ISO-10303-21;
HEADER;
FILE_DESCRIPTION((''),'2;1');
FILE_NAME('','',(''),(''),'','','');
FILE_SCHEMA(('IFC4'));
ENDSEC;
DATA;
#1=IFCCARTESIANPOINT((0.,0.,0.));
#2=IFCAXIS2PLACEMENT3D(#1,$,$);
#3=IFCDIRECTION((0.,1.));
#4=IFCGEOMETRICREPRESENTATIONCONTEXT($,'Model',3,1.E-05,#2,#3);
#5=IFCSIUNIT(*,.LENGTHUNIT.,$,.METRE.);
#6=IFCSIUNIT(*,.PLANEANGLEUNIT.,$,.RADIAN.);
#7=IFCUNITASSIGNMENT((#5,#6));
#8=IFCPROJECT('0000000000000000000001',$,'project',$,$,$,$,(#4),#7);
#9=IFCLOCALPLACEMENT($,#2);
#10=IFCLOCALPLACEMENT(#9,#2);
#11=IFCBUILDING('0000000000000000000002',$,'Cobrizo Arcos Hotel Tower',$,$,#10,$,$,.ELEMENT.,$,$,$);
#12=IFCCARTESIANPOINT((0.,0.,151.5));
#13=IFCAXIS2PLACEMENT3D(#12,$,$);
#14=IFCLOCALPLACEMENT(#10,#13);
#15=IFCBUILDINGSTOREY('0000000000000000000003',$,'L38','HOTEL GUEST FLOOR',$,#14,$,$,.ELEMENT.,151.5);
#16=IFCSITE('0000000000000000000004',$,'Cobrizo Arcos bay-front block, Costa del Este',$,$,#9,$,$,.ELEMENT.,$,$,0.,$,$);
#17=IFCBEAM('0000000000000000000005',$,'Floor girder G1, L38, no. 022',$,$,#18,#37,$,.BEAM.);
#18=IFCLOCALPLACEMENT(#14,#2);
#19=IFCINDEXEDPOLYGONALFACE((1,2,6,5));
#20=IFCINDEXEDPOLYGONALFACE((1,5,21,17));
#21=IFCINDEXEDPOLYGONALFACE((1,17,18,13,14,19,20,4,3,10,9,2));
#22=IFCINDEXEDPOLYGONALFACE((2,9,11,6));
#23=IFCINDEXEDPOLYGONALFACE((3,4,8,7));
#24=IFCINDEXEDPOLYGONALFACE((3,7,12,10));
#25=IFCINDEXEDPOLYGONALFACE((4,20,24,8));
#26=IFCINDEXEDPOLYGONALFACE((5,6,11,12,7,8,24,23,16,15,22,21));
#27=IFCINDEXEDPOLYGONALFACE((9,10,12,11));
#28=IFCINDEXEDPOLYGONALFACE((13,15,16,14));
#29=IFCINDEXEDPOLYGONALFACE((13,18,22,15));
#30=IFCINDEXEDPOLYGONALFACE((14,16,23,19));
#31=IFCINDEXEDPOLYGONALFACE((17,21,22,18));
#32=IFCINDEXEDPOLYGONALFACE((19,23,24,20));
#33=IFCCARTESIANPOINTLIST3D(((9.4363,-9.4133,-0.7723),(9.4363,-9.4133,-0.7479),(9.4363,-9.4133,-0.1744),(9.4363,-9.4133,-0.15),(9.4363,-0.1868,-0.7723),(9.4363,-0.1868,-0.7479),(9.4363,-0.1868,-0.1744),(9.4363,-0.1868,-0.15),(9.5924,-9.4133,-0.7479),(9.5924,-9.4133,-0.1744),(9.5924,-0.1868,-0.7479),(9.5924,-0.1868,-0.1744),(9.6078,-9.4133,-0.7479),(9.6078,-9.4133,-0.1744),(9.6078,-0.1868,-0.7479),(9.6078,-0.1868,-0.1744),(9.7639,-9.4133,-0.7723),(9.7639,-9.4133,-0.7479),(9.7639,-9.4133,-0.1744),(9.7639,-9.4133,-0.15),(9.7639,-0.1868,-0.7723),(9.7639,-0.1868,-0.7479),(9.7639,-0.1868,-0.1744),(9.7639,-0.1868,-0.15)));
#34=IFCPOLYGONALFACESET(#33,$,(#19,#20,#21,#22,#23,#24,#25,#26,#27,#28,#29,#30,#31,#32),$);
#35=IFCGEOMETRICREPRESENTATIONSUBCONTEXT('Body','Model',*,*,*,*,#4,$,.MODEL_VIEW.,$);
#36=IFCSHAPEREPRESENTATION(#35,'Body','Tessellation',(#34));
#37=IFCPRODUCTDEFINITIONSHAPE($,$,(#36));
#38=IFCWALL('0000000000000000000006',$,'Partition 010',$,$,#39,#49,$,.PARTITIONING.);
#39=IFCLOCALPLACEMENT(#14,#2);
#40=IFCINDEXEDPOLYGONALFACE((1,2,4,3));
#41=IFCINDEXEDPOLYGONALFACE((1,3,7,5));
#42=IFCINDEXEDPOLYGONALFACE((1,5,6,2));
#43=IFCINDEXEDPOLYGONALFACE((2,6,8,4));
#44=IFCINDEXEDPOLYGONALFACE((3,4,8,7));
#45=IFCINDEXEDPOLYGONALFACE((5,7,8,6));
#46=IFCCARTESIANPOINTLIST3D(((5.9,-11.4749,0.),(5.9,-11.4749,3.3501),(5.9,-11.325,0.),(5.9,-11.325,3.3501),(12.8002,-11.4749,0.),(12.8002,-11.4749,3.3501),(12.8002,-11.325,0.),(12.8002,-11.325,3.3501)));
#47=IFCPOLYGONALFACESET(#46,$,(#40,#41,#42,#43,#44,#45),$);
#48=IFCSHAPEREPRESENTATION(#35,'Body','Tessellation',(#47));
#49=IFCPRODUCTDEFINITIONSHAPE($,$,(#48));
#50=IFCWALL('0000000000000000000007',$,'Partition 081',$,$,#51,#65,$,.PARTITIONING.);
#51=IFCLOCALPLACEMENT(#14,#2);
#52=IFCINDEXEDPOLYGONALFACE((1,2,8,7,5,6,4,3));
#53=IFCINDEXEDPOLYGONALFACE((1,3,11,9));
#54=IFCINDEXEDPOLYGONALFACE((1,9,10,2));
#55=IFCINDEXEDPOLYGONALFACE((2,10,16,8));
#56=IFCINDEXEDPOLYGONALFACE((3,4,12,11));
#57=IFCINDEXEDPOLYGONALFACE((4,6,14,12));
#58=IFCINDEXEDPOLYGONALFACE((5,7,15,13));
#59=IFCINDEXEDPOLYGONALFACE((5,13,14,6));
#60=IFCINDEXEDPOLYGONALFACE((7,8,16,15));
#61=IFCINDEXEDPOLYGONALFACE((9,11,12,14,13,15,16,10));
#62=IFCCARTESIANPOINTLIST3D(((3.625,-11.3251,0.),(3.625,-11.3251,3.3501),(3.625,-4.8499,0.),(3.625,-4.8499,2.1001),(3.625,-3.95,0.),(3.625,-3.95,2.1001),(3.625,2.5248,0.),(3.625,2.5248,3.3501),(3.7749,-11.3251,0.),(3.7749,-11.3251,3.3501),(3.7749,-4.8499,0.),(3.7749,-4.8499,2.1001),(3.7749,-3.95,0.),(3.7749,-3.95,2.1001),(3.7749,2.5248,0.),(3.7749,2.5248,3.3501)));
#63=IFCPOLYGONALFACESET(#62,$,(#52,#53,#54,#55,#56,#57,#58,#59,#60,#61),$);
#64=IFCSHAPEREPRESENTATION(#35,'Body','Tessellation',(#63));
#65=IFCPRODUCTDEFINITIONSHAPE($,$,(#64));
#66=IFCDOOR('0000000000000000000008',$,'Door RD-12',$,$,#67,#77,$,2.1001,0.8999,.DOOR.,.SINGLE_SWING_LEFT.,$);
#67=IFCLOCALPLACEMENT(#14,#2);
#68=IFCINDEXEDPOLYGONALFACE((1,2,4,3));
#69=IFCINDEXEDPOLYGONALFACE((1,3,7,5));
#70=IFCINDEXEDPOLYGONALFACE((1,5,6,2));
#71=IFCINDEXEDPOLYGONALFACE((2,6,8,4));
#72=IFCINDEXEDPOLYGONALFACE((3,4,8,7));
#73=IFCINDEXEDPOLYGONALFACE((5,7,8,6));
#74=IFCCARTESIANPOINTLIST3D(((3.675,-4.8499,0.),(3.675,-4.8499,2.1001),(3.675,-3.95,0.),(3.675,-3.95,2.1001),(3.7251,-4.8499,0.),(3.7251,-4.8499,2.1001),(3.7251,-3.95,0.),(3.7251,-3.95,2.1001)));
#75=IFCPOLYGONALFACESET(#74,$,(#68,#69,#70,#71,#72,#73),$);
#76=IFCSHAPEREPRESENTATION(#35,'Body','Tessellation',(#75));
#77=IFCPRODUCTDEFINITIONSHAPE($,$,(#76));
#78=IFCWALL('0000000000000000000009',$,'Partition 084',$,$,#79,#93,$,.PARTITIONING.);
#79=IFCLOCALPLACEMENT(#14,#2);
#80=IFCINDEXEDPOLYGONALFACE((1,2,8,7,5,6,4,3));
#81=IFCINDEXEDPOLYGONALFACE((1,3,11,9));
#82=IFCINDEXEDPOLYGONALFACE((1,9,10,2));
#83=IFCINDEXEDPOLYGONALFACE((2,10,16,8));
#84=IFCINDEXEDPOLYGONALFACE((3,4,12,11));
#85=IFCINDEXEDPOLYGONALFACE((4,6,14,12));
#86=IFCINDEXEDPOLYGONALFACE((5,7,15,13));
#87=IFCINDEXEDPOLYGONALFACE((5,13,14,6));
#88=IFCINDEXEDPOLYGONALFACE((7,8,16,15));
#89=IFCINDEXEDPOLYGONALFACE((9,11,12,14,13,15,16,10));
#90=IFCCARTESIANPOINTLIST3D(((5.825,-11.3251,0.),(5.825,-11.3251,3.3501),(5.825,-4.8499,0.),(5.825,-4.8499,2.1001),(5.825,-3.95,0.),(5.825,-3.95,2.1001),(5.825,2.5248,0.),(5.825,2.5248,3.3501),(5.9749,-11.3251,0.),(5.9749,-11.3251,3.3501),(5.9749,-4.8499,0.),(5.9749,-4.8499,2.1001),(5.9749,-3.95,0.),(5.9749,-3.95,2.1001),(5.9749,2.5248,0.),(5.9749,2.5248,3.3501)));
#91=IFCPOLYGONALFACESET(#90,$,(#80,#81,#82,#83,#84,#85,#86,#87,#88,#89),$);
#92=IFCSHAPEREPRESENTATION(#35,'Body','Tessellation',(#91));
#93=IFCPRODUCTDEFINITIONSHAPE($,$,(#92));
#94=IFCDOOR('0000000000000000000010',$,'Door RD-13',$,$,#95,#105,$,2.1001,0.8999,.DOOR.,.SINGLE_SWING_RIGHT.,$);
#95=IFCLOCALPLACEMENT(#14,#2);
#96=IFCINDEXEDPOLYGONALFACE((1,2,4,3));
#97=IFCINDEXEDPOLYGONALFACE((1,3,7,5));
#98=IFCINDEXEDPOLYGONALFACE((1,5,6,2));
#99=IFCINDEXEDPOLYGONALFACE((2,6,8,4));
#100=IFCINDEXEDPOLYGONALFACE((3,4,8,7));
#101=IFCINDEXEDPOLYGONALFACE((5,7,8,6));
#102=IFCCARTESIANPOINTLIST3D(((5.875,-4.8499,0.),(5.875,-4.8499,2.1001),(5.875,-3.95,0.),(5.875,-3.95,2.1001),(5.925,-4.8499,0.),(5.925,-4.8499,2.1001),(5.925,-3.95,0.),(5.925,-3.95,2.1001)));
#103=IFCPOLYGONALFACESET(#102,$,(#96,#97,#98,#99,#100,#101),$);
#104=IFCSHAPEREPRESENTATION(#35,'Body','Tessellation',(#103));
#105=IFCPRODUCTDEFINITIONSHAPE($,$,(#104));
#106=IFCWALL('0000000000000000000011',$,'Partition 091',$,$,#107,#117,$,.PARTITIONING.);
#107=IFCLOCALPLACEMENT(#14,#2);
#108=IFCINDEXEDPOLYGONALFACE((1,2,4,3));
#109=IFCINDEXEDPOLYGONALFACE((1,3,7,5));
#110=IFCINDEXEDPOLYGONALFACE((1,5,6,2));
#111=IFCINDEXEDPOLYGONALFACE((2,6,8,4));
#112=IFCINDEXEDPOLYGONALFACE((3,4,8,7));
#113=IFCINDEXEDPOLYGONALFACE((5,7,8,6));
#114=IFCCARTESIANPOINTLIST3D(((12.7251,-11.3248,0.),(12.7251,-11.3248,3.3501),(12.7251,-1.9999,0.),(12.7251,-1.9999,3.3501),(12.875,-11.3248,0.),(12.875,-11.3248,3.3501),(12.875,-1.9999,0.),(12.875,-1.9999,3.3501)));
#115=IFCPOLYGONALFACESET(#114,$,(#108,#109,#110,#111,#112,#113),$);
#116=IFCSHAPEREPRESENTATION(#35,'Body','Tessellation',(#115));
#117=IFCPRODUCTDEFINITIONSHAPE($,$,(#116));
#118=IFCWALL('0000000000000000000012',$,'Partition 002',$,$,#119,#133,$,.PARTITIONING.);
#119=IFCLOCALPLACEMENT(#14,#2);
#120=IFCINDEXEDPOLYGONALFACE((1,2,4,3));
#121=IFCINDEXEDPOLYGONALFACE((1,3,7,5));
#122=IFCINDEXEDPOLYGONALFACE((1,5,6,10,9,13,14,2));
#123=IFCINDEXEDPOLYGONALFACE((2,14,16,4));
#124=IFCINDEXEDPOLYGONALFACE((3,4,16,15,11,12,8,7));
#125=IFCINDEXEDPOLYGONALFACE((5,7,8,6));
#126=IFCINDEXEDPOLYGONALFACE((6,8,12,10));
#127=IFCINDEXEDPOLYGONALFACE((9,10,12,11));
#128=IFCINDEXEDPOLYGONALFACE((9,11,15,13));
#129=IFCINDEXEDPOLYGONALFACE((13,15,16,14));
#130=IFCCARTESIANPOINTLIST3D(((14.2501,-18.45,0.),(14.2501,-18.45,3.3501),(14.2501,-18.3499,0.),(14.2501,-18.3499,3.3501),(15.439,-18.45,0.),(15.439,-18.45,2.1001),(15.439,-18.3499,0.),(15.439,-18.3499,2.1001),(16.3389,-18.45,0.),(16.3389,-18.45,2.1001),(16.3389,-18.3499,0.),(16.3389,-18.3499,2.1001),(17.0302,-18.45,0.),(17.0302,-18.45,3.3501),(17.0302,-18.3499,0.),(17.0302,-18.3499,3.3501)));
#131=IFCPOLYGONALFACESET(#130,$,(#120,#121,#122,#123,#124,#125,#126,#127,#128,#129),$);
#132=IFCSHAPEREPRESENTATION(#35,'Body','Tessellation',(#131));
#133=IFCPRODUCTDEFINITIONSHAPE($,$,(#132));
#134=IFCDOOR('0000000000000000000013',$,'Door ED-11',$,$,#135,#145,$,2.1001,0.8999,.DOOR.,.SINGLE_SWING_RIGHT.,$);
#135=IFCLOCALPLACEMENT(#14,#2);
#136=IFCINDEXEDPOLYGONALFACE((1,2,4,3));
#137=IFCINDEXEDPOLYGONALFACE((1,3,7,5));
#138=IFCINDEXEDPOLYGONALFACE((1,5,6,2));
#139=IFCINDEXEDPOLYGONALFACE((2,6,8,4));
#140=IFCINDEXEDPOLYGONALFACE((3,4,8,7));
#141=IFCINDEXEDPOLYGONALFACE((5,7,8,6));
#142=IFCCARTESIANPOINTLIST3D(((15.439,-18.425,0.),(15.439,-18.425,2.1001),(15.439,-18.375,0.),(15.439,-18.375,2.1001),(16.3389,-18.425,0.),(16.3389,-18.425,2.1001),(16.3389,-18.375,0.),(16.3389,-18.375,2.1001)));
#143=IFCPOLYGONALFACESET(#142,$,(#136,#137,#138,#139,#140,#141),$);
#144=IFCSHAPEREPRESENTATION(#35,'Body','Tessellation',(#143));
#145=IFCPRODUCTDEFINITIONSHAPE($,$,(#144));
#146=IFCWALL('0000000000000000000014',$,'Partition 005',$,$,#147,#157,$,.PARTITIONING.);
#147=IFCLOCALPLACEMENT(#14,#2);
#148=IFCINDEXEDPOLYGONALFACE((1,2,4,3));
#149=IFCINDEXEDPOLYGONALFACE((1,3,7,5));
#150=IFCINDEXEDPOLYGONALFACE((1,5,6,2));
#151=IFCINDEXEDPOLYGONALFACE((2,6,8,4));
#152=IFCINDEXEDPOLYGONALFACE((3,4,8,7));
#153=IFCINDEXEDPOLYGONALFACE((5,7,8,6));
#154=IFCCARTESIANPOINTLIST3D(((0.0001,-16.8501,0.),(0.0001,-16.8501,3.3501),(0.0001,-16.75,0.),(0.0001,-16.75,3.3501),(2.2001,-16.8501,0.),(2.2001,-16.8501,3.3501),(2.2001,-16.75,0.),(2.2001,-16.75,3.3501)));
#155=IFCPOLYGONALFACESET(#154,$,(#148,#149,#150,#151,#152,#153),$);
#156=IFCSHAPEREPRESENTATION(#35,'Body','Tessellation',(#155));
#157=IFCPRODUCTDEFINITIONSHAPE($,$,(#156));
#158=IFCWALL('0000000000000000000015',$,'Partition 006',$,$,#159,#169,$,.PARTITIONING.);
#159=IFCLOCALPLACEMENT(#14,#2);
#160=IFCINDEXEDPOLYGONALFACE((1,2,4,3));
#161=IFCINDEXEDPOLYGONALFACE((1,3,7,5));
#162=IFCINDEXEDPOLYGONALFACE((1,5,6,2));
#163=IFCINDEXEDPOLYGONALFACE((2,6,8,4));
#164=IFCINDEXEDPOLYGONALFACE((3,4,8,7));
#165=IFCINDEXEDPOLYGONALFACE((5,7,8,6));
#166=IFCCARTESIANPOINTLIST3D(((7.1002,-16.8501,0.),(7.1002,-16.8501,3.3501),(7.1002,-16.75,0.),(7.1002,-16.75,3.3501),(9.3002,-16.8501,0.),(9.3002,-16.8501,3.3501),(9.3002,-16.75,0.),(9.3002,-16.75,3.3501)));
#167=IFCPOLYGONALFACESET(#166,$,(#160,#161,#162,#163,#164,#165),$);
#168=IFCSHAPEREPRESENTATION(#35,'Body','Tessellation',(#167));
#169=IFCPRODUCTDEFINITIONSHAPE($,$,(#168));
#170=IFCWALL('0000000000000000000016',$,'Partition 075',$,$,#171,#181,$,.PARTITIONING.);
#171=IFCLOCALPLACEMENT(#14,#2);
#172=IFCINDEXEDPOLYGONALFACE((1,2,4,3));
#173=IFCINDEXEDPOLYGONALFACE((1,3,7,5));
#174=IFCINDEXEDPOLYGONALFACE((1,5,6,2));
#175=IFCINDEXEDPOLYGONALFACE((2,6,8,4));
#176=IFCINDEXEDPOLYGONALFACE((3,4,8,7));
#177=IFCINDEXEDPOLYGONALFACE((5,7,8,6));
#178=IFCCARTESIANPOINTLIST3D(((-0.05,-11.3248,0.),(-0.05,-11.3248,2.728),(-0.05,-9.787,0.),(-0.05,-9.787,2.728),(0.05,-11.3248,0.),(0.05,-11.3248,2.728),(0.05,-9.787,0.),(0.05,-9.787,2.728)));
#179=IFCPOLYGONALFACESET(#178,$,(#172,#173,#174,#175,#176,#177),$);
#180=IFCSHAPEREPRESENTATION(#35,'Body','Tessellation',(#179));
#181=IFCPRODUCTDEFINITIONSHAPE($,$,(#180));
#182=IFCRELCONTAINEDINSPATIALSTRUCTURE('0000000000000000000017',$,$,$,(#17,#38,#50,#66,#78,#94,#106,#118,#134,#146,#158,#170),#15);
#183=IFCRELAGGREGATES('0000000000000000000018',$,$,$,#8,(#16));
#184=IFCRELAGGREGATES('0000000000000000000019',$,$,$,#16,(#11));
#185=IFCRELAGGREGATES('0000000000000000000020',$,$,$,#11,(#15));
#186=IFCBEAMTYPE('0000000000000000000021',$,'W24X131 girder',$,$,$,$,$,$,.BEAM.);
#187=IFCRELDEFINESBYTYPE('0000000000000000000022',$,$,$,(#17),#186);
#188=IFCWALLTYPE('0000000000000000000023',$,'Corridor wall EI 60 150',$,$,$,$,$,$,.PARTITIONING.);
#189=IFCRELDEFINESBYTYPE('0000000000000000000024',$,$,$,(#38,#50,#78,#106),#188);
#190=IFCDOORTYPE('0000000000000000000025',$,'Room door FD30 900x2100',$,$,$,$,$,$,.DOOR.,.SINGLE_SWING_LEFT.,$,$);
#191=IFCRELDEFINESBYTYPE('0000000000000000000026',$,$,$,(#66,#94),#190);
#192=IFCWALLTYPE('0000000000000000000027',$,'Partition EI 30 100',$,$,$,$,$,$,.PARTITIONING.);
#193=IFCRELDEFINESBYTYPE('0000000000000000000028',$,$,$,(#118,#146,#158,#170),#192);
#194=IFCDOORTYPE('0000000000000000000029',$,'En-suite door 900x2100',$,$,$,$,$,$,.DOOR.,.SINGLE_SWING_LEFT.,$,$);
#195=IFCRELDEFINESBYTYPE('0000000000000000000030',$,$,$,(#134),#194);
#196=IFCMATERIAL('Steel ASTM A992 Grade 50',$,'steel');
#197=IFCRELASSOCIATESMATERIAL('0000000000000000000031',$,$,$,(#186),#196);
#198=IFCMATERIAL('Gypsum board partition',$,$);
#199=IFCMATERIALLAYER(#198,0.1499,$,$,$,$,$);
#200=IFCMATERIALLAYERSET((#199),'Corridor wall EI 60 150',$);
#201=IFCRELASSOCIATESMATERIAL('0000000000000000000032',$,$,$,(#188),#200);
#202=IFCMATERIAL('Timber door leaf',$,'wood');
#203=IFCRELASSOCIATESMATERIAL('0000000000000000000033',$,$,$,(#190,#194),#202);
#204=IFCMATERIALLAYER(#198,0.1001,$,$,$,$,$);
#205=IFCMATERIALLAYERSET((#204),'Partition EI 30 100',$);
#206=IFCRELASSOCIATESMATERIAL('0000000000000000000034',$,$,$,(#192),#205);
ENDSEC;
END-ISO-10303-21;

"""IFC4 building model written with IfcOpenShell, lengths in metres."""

from ifc_helpers import new_model, si_unit, direction, frame, frame_2d, origin, origin_2d, place, context, subcontext, project, spatial, rectangle, i_section, extrude, material, layer, layer_set, material_profile, profile_set, type_object, element, fill, save


model = new_model("IFC4")

# Units and contexts
model_context = context("Model", 3, precision=1e-05, world=origin(), true_north=direction((0.0, 1.0)))
body_context = subcontext(model_context, "Body", "Model", "MODEL_VIEW")
ifc_project = project(units=[si_unit("LENGTHUNIT", "METRE"), si_unit("PLANEANGLEUNIT", "RADIAN")], contexts=[model_context])

# Site, building, storey
site_placement = place(None, origin())
site = spatial("IfcSite", under=ifc_project, at=site_placement, Name="Cobrizo Arcos bay-front block, Costa del Este", CompositionType="ELEMENT", RefElevation=0.0)
building_placement = place(site_placement, origin())
building = spatial("IfcBuilding", under=site, at=building_placement, Name="Cobrizo Arcos Hotel Tower", CompositionType="ELEMENT")
storey_placement = place(building_placement, frame((0.0, 0.0, 151.5)))
storey = spatial("IfcBuildingStorey", under=building, at=storey_placement, Name="L38", Description="HOTEL GUEST FLOOR", CompositionType="ELEMENT", Elevation=151.5)

# Shared definitions
ifc_material_1 = material(Name="Steel ASTM A992 Grade 50", Category="steel")

# Beam
ifc_material_profile_1 = material_profile(ifc_material_1, i_section(OverallWidth=0.3276, OverallDepth=0.6223, WebThickness=0.0154, FlangeThickness=0.0244, at=origin_2d()), Name="W24X131")
ifc_profile_set_1 = profile_set([ifc_material_profile_1], Name="Steel ASTM A992 Grade 50")
beam_type_1 = type_object("IfcBeamType", Name="W24X131 girder", PredefinedType="BEAM", material=ifc_profile_set_1)
beam_1_placement = place(storey_placement, frame((9.6001, -9.4133, -0.4612), z_axis=(0.0, 1.0, 0.0), x_axis=(-1.0, 0.0, 0.0)))
element("IfcBeam", 1, at=beam_1_placement, inside=storey, type_object=beam_type_1, Name="Floor girder G1, L38, no. 022", PredefinedType="BEAM", context=body_context, shape_type="SweptSolid", body=[
    extrude(i_section(OverallWidth=0.3276, OverallDepth=0.6223, WebThickness=0.0154, FlangeThickness=0.0244, at=origin_2d()), origin(), (0.0, 0.0, 1.0), 9.2266),
])

# Wall
ifc_material_2 = material(Name="Gypsum board partition")
ifc_layer_1 = layer(ifc_material_2, 0.1499)
ifc_layer_set_1 = layer_set([ifc_layer_1], Name="Corridor wall EI 60 150")
wall_type_1 = type_object("IfcWallType", Name="Corridor wall EI 60 150", PredefinedType="PARTITIONING", material=ifc_layer_set_1)
wall_1_placement = place(storey_placement, frame((5.8999, -11.3999, 0.0), z_axis=(0.0, 0.0, 1.0), x_axis=(1.0, 0.0, 0.0)))
element("IfcWall", 2, at=wall_1_placement, inside=storey, type_object=wall_type_1, Name="Partition 010", PredefinedType="PARTITIONING", context=body_context, shape_type="SweptSolid", body=[
    extrude(rectangle(XDim=6.9001, YDim=0.1499, at=frame_2d((3.4502, 0.0))), origin(), (0.0, 0.0, 1.0), 3.3501),
])

# Walls, openings, doors
wall_2_placement = place(storey_placement, frame((3.7, -11.325, 0.0), z_axis=(0.0, 0.0, 1.0), x_axis=(0.0, 1.0, 0.0)))
wall_2 = element("IfcWall", 3, at=wall_2_placement, inside=storey, type_object=wall_type_1, Name="Partition 081", PredefinedType="PARTITIONING", context=body_context, shape_type="SweptSolid", body=[
    extrude(rectangle(XDim=13.8499, YDim=0.1499, at=frame_2d((6.9248, 0.0))), origin(), (0.0, 0.0, 1.0), 3.3501),
])
opening_1_placement = place(wall_2_placement, frame((6.4751, 0.0, 0.0)))
opening_1 = element("IfcOpeningElement", 4, at=opening_1_placement, cuts=wall_2, PredefinedType="OPENING", context=body_context, shape_type="SweptSolid", body=[
    extrude(rectangle(XDim=0.8999, YDim=2.1001, at=frame_2d((0.45, 1.05))), frame((0.0, 0.0869, 0.0), z_axis=(0.0, -1.0, 0.0), x_axis=(1.0, 0.0, 0.0)), (0.0, 0.0, 1.0), 0.1738),
])
ifc_material_3 = material(Name="Timber door leaf", Category="wood")
door_type_1 = type_object("IfcDoorType", Name="Room door FD30 900x2100", OperationType="SINGLE_SWING_LEFT", PredefinedType="DOOR", material=ifc_material_3)
door_1_placement = place(opening_1_placement, origin())
door_1 = element("IfcDoor", 5, at=door_1_placement, inside=storey, type_object=door_type_1, Name="Door RD-12", OperationType="SINGLE_SWING_LEFT", OverallHeight=2.1001, OverallWidth=0.8999, PredefinedType="DOOR", context=body_context, shape_type="SweptSolid", body=[
    extrude(rectangle(XDim=0.8999, YDim=2.1001, at=frame_2d((0.45, 1.05))), frame((0.0, 0.0249, 0.0), z_axis=(0.0, -1.0, 0.0), x_axis=(1.0, 0.0, 0.0)), (0.0, 0.0, 1.0), 0.05),
])
fill(opening_1, door_1)
wall_3_placement = place(storey_placement, frame((5.8999, -11.325, 0.0), z_axis=(0.0, 0.0, 1.0), x_axis=(0.0, 1.0, 0.0)))
wall_3 = element("IfcWall", 6, at=wall_3_placement, inside=storey, type_object=wall_type_1, Name="Partition 084", PredefinedType="PARTITIONING", context=body_context, shape_type="SweptSolid", body=[
    extrude(rectangle(XDim=13.8499, YDim=0.1499, at=frame_2d((6.9248, 0.0))), origin(), (0.0, 0.0, 1.0), 3.3501),
])
opening_2_placement = place(wall_3_placement, frame((6.4751, 0.0, 0.0)))
opening_2 = element("IfcOpeningElement", 7, at=opening_2_placement, cuts=wall_3, PredefinedType="OPENING", context=body_context, shape_type="SweptSolid", body=[
    extrude(rectangle(XDim=0.8999, YDim=2.1001, at=frame_2d((0.45, 1.05))), frame((0.0, 0.0869, 0.0), z_axis=(0.0, -1.0, 0.0), x_axis=(1.0, 0.0, 0.0)), (0.0, 0.0, 1.0), 0.1738),
])
door_2_placement = place(opening_2_placement, origin())
door_2 = element("IfcDoor", 8, at=door_2_placement, inside=storey, type_object=door_type_1, Name="Door RD-13", OperationType="SINGLE_SWING_RIGHT", OverallHeight=2.1001, OverallWidth=0.8999, PredefinedType="DOOR", context=body_context, shape_type="SweptSolid", body=[
    extrude(rectangle(XDim=0.8999, YDim=2.1001, at=frame_2d((0.45, 1.05))), frame((0.0, 0.0249, 0.0), z_axis=(0.0, -1.0, 0.0), x_axis=(1.0, 0.0, 0.0)), (0.0, 0.0, 1.0), 0.05),
])
fill(opening_2, door_2)

# Wall
wall_4_placement = place(storey_placement, frame((12.8, -11.325, 0.0), z_axis=(0.0, 0.0, 1.0), x_axis=(0.0, 1.0, 0.0)))
element("IfcWall", 9, at=wall_4_placement, inside=storey, type_object=wall_type_1, Name="Partition 091", PredefinedType="PARTITIONING", context=body_context, shape_type="SweptSolid", body=[
    extrude(rectangle(XDim=9.325, YDim=0.1499, at=frame_2d((4.6626, 0.0))), origin(), (0.0, 0.0, 1.0), 3.3501),
])

# Wall, opening, door
ifc_layer_2 = layer(ifc_material_2, 0.1001)
ifc_layer_set_2 = layer_set([ifc_layer_2], Name="Partition EI 30 100")
wall_type_2 = type_object("IfcWallType", Name="Partition EI 30 100", PredefinedType="PARTITIONING", material=ifc_layer_set_2)
wall_5_placement = place(storey_placement, frame((14.25, -18.3999, 0.0), z_axis=(0.0, 0.0, 1.0), x_axis=(1.0, 0.0, 0.0)))
wall_5 = element("IfcWall", 10, at=wall_5_placement, inside=storey, type_object=wall_type_2, Name="Partition 002", PredefinedType="PARTITIONING", context=body_context, shape_type="SweptSolid", body=[
    extrude(rectangle(XDim=2.78, YDim=0.1001, at=frame_2d((1.3901, 0.0))), origin(), (0.0, 0.0, 1.0), 3.3501),
])
opening_3_placement = place(wall_5_placement, frame((1.189, 0.0, 0.0)))
opening_3 = element("IfcOpeningElement", 11, at=opening_3_placement, cuts=wall_5, PredefinedType="OPENING", context=body_context, shape_type="SweptSolid", body=[
    extrude(rectangle(XDim=0.8999, YDim=2.1001, at=frame_2d((0.45, 1.05))), frame((0.0, 0.062, 0.0), z_axis=(0.0, -1.0, 0.0), x_axis=(1.0, 0.0, 0.0)), (0.0, 0.0, 1.0), 0.124),
])
door_type_2 = type_object("IfcDoorType", Name="En-suite door 900x2100", OperationType="SINGLE_SWING_LEFT", PredefinedType="DOOR", material=ifc_material_3)
door_3_placement = place(opening_3_placement, origin())
door_3 = element("IfcDoor", 12, at=door_3_placement, inside=storey, type_object=door_type_2, Name="Door ED-11", OperationType="SINGLE_SWING_RIGHT", OverallHeight=2.1001, OverallWidth=0.8999, PredefinedType="DOOR", context=body_context, shape_type="SweptSolid", body=[
    extrude(rectangle(XDim=0.8999, YDim=2.1001, at=frame_2d((0.45, 1.05))), frame((0.0, 0.0249, 0.0), z_axis=(0.0, -1.0, 0.0), x_axis=(1.0, 0.0, 0.0)), (0.0, 0.0, 1.0), 0.05),
])
fill(opening_3, door_3)

# Walls
for number, where, z_axis, x_axis, name in (
    (13, (0.0, -16.8, 0.0), (0.0, 0.0, 1.0), (1.0, 0.0, 0.0), "Partition 005"),
    (14, (7.1001, -16.8, 0.0), (0.0, 0.0, 1.0), (1.0, 0.0, 0.0), "Partition 006"),
):
    element("IfcWall", number, at=place(storey_placement, frame(where, z_axis=z_axis, x_axis=x_axis)), inside=storey, type_object=wall_type_2, Name=name, PredefinedType="PARTITIONING", context=body_context, shape_type="SweptSolid", body=[
        extrude(rectangle(XDim=2.2, YDim=0.1001, at=frame_2d((1.1001, 0.0))), origin(), (0.0, 0.0, 1.0), 3.3501),
    ])
wall_6_placement = place(storey_placement, frame((0.0, -11.325, 0.0), z_axis=(0.0, 0.0, 1.0), x_axis=(0.0, 1.0, 0.0)))
element("IfcWall", 15, at=wall_6_placement, inside=storey, type_object=wall_type_2, Name="Partition 075", PredefinedType="PARTITIONING", context=body_context, shape_type="SweptSolid", body=[
    extrude(rectangle(XDim=1.5378, YDim=0.1001, at=frame_2d((0.769, 0.0))), origin(), (0.0, 0.0, 1.0), 2.728),
])

save(model, "model.ifc")
